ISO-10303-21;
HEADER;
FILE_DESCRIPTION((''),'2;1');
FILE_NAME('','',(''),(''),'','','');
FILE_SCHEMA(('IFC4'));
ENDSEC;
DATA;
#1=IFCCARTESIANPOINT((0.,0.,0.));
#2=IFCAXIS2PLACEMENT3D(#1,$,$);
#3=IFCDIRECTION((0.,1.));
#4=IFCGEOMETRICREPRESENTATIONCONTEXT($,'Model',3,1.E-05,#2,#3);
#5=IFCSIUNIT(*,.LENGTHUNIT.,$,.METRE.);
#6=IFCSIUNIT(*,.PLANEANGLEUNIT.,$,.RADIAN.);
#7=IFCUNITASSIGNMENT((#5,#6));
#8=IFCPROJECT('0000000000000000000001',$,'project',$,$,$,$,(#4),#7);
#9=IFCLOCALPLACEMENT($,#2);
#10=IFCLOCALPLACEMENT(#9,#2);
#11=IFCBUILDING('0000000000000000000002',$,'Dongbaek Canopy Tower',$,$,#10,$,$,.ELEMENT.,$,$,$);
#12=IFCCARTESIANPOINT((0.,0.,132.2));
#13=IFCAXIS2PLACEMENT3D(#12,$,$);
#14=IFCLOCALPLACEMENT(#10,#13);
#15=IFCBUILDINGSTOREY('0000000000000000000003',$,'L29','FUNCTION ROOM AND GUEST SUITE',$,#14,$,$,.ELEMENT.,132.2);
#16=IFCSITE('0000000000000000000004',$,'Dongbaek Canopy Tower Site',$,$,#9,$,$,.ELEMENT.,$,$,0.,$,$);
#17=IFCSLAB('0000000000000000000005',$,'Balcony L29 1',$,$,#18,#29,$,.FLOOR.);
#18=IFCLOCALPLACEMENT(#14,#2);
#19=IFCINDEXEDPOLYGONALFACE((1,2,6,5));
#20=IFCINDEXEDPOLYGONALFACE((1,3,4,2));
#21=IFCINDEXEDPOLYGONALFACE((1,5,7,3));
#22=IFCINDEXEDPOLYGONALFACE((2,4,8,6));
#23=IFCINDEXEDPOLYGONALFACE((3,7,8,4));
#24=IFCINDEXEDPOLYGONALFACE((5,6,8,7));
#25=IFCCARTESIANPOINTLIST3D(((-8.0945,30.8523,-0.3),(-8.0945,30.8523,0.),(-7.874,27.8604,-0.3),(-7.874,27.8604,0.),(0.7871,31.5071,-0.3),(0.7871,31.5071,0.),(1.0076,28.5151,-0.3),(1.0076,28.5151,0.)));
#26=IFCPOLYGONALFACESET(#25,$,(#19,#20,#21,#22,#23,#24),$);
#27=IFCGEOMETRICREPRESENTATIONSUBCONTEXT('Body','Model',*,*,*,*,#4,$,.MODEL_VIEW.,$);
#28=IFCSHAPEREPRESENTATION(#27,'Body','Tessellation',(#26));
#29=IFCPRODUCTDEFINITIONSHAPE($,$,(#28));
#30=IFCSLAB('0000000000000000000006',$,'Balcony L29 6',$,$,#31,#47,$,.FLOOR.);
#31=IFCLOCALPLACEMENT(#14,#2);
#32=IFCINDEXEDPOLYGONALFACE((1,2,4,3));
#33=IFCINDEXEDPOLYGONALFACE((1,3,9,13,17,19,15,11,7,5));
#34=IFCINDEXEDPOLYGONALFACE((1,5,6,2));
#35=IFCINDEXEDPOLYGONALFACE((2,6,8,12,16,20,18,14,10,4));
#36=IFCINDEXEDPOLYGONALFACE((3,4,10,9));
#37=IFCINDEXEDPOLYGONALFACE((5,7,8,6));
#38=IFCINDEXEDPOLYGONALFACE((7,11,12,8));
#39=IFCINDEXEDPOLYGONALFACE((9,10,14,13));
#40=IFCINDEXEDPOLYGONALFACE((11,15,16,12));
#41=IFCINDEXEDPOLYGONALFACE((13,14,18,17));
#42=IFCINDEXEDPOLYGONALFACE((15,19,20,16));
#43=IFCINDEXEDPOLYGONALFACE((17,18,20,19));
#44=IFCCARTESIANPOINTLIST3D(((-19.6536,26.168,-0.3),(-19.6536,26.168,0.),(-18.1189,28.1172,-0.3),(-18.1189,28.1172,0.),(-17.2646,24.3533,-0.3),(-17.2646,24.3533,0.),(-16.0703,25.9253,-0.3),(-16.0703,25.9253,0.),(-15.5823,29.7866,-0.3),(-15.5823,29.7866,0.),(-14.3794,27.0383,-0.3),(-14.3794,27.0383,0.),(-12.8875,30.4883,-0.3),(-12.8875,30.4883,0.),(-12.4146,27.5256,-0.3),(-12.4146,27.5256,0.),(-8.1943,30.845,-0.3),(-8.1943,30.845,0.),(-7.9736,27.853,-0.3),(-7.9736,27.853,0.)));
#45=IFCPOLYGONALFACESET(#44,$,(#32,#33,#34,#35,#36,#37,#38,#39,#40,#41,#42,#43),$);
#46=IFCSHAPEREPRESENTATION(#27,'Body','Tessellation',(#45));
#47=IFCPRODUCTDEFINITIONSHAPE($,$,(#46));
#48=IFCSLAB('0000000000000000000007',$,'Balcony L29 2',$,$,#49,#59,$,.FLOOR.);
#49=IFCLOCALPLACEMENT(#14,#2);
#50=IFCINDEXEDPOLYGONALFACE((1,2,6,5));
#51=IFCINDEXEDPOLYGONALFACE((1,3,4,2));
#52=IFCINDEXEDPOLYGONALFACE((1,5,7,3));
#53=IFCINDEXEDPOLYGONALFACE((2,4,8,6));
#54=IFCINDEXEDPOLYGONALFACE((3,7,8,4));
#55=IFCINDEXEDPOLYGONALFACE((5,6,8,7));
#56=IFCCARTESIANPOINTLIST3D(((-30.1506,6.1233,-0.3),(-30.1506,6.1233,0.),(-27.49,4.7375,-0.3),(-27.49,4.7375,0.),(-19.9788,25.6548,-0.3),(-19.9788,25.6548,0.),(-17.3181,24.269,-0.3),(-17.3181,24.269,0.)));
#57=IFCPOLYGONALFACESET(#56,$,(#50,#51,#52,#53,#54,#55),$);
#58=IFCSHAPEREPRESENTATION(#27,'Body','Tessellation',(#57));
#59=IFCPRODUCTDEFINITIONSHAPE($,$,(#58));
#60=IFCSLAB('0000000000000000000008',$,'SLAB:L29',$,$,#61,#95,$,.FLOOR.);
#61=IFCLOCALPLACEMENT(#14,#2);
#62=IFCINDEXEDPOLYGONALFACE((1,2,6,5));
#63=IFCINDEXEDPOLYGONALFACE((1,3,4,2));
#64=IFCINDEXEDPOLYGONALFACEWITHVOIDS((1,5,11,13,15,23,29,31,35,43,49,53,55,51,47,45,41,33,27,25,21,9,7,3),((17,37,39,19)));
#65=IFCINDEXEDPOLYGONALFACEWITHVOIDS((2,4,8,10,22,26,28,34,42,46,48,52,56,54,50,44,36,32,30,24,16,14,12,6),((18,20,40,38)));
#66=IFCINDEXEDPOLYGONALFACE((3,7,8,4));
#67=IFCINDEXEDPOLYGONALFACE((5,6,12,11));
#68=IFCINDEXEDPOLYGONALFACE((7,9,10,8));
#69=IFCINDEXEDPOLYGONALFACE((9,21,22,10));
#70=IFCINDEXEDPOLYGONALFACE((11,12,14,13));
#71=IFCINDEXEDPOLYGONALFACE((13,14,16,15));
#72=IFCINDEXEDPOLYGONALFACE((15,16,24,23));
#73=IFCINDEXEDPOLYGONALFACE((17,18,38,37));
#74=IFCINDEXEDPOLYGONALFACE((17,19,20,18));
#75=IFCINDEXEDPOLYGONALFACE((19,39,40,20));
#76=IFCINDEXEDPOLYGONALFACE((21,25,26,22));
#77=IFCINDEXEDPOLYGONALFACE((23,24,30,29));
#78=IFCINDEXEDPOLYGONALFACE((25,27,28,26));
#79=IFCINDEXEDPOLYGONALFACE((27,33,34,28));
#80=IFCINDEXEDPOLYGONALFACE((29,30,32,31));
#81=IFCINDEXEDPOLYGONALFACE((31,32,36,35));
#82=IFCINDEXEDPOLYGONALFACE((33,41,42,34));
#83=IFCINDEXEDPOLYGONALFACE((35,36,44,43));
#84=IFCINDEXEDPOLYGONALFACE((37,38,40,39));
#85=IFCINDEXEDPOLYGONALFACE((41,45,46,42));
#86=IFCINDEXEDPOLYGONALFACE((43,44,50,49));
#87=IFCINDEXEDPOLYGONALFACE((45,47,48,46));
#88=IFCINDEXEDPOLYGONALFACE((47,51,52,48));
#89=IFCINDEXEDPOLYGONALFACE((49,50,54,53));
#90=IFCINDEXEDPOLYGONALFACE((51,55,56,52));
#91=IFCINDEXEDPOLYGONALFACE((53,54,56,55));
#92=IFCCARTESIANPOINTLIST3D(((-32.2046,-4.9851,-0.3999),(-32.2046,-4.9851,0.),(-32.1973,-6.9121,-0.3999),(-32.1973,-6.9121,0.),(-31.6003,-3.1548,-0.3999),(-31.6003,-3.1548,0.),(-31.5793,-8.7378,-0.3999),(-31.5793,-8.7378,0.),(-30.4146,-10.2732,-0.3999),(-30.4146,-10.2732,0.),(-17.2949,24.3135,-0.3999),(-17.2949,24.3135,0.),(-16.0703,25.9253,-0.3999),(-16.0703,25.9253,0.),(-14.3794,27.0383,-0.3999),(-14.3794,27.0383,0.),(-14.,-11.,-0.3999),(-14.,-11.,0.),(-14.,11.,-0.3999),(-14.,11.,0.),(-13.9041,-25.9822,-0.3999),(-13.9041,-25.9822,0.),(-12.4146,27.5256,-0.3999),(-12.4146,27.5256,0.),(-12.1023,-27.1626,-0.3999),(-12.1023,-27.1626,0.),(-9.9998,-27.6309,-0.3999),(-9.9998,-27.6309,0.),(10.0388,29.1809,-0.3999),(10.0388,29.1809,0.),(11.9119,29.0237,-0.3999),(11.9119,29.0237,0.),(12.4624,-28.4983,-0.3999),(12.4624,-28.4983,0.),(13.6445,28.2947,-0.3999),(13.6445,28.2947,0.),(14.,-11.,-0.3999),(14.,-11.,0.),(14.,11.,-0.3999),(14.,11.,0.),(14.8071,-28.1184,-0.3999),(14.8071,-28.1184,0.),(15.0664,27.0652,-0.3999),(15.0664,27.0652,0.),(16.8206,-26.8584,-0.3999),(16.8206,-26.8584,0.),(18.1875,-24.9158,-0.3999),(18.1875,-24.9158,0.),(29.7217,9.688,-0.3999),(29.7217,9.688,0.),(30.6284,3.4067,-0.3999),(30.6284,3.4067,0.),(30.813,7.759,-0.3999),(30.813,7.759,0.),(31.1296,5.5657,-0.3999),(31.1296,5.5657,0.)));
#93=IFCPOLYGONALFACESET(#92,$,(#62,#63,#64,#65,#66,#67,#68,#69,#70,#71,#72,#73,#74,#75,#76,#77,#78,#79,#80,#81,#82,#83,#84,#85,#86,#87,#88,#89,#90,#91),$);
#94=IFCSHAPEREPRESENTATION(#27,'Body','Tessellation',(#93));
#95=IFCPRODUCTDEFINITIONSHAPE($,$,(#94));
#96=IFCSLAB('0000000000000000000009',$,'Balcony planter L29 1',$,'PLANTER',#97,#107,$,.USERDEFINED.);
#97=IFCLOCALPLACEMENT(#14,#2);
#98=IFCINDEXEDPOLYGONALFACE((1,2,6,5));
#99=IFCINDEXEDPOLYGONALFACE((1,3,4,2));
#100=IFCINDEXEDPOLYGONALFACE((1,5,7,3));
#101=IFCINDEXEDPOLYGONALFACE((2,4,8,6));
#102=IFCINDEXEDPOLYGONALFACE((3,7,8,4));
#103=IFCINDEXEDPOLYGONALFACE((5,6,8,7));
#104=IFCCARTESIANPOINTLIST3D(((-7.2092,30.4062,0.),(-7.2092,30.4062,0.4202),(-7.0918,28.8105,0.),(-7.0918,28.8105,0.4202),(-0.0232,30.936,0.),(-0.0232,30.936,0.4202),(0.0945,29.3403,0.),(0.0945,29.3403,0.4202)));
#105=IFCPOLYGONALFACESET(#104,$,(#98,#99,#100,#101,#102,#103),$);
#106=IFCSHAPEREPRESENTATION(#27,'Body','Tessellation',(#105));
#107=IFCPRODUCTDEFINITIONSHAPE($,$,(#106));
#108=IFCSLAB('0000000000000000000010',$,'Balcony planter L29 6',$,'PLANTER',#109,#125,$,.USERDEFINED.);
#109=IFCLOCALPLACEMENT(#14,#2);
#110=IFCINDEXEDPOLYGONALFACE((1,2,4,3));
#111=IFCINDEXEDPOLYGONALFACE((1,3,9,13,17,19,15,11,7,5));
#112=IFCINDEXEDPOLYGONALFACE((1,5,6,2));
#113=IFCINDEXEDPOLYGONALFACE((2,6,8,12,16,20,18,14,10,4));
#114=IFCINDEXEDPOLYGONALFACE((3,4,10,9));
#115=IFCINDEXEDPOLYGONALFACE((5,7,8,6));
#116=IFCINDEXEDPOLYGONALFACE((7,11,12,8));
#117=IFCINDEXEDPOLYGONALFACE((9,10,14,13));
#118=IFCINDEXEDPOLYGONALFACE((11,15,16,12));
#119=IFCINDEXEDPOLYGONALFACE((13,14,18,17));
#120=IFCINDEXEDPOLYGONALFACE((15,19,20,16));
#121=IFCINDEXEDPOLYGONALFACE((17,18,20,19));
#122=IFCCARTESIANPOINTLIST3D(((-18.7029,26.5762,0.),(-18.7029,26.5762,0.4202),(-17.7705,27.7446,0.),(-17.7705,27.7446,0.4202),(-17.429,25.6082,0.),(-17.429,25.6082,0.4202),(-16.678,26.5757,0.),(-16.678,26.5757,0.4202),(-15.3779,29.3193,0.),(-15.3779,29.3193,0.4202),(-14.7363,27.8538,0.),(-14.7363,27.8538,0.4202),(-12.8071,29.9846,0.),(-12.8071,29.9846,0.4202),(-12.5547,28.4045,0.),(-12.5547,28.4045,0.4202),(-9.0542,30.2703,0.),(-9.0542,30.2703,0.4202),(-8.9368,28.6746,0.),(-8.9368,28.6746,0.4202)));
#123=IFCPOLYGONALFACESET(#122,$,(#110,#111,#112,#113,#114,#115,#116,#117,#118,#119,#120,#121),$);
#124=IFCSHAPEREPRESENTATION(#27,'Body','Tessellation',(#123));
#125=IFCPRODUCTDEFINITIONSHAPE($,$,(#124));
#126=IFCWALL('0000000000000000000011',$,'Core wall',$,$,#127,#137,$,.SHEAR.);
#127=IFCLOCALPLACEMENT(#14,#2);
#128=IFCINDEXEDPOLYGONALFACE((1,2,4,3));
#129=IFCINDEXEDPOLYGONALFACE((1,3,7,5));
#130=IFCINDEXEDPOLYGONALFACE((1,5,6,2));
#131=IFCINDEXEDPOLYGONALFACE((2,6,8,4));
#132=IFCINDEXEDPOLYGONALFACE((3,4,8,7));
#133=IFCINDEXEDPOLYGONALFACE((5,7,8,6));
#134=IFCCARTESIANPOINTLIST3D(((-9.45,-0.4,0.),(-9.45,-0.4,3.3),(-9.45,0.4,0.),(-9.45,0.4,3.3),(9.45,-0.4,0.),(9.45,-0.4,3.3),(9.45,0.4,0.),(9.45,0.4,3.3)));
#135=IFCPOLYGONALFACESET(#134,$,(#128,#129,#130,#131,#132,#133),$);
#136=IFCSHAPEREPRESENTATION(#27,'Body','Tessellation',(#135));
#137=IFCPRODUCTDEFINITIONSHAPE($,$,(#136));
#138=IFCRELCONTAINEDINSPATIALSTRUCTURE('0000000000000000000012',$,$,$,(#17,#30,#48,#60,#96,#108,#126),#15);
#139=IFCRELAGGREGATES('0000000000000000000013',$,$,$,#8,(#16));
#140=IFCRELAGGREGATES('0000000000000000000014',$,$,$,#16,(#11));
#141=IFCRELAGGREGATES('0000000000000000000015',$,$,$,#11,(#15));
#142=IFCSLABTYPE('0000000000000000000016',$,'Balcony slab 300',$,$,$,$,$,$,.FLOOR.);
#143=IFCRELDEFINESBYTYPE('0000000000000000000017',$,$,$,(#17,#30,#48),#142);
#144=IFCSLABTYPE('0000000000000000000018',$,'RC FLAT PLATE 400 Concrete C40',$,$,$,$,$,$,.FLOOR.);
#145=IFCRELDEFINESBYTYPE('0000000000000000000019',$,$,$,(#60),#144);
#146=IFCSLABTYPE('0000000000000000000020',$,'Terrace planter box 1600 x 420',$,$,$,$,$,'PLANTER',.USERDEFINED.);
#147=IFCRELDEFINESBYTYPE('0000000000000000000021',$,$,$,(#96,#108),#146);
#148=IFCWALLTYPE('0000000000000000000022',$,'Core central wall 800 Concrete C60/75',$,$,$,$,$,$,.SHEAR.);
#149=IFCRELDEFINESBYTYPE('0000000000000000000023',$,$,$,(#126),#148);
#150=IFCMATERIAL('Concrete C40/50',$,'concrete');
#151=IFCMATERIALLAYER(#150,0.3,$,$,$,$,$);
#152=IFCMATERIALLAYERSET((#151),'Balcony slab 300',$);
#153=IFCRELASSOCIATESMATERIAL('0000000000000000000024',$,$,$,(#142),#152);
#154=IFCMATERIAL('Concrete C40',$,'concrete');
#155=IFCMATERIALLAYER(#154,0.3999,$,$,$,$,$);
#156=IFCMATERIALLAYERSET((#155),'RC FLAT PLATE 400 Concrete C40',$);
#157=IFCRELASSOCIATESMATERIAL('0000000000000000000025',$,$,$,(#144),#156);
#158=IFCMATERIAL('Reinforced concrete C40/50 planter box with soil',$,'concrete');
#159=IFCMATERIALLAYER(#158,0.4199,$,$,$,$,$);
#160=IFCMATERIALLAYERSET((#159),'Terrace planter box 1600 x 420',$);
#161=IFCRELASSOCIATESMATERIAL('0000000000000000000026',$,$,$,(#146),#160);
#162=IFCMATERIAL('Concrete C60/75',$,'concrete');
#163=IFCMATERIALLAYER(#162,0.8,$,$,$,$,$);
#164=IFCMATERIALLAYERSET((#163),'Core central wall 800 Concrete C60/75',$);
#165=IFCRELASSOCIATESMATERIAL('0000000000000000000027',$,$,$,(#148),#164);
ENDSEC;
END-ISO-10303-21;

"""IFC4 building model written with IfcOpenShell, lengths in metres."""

from ifc_helpers import new_model, si_unit, direction, frame, frame_2d, origin, place, context, subcontext, project, spatial, polyline, rectangle, outline, extrude, material, layer, layer_set, type_object, element, save


model = new_model("IFC4")

# Units and contexts
model_context = context("Model", 3, precision=1e-05, world=origin(), true_north=direction((0.0, 1.0)))
body_context = subcontext(model_context, "Body", "Model", "MODEL_VIEW")
ifc_project = project(units=[si_unit("LENGTHUNIT", "METRE"), si_unit("PLANEANGLEUNIT", "RADIAN")], contexts=[model_context])

# Site, building, storey
site_placement = place(None, origin())
site = spatial("IfcSite", under=ifc_project, at=site_placement, Name="Dongbaek Canopy Tower Site", CompositionType="ELEMENT", RefElevation=0.0)
building_placement = place(site_placement, origin())
building = spatial("IfcBuilding", under=site, at=building_placement, Name="Dongbaek Canopy Tower", CompositionType="ELEMENT")
storey_placement = place(building_placement, frame((0.0, 0.0, 132.2)))
storey = spatial("IfcBuildingStorey", under=building, at=storey_placement, Name="L29", Description="FUNCTION ROOM AND GUEST SUITE", CompositionType="ELEMENT", Elevation=132.2)

# Slabs
ifc_material_1 = material(Name="Concrete C40/50", Category="concrete")
ifc_layer_1 = layer(ifc_material_1, 0.3)
ifc_layer_set_1 = layer_set([ifc_layer_1], Name="Balcony slab 300")
slab_type_1 = type_object("IfcSlabType", Name="Balcony slab 300", PredefinedType="FLOOR", material=ifc_layer_set_1)
slab_1_placement = place(storey_placement, frame((0.0, 0.0, -0.3)))
element("IfcSlab", 1, at=slab_1_placement, inside=storey, type_object=slab_type_1, Name="Balcony L29 1", PredefinedType="FLOOR", context=body_context, shape_type="SweptSolid", body=[
    extrude(outline(polyline([(1.0076, 28.5151), (-7.874, 27.8604), (-8.0945, 30.8523), (0.7871, 31.5071), (1.0076, 28.5151)])), origin(), (0.0, 0.0, 1.0), 0.3),
])
slab_2_placement = place(storey_placement, frame((0.0, 0.0, -0.3)))
element("IfcSlab", 2, at=slab_2_placement, inside=storey, type_object=slab_type_1, Name="Balcony L29 6", PredefinedType="FLOOR", context=body_context, shape_type="SweptSolid", body=[
    extrude(outline(polyline([(-7.9736, 27.853), (-12.4146, 27.5256), (-14.3794, 27.0383), (-16.0703, 25.9253), (-17.2646, 24.3533), (-19.6536, 26.168), (-18.1189, 28.1172), (-15.5823, 29.7866), (-12.8875, 30.4883), (-8.1943, 30.845), (-7.9736, 27.853)])), origin(), (0.0, 0.0, 1.0), 0.3),
])
slab_3_placement = place(storey_placement, frame((0.0, 0.0, -0.3)))
element("IfcSlab", 3, at=slab_3_placement, inside=storey, type_object=slab_type_1, Name="Balcony L29 2", PredefinedType="FLOOR", context=body_context, shape_type="SweptSolid", body=[
    extrude(outline(polyline([(-17.3181, 24.269), (-27.49, 4.7375), (-30.1506, 6.1233), (-19.9788, 25.6548), (-17.3181, 24.269)])), origin(), (0.0, 0.0, 1.0), 0.3),
])
ifc_material_2 = material(Name="Concrete C40", Category="concrete")
ifc_layer_2 = layer(ifc_material_2, 0.3999)
ifc_layer_set_2 = layer_set([ifc_layer_2], Name="RC FLAT PLATE 400 Concrete C40")
slab_type_2 = type_object("IfcSlabType", Name="RC FLAT PLATE 400 Concrete C40", PredefinedType="FLOOR", material=ifc_layer_set_2)
slab_4_placement = place(storey_placement, frame((0.0, 0.0, -0.3999)))
element("IfcSlab", 4, at=slab_4_placement, inside=storey, type_object=slab_type_2, Name="SLAB:L29", PredefinedType="FLOOR", context=body_context, shape_type="SweptSolid", body=[
    extrude(outline(polyline([(18.1875, -24.9158), (16.8206, -26.8584), (14.8071, -28.1184), (12.4624, -28.4983), (-9.9998, -27.6309), (-12.1023, -27.1626), (-13.9041, -25.9822), (-30.4146, -10.2732), (-31.5793, -8.7378), (-32.1973, -6.9121), (-32.2046, -4.9851), (-31.6003, -3.1548), (-17.2949, 24.3135), (-16.0703, 25.9253), (-14.3794, 27.0383), (-12.4146, 27.5256), (10.0388, 29.1809), (11.9119, 29.0237), (13.6445, 28.2947), (15.0664, 27.0652), (29.7217, 9.688), (30.813, 7.759), (31.1296, 5.5657), (30.6284, 3.4067), (18.1875, -24.9158)]), holes=[polyline([(14.0, 11.0), (-14.0, 11.0), (-14.0, -11.0), (14.0, -11.0), (14.0, 11.0)])]), origin(), (0.0, 0.0, 1.0), 0.3999),
])
ifc_material_3 = material(Name="Reinforced concrete C40/50 planter box with soil", Category="concrete")
ifc_layer_3 = layer(ifc_material_3, 0.4199)
ifc_layer_set_3 = layer_set([ifc_layer_3], Name="Terrace planter box 1600 x 420")
slab_type_3 = type_object("IfcSlabType", Name="Terrace planter box 1600 x 420", ElementType="PLANTER", PredefinedType="USERDEFINED", material=ifc_layer_set_3)
slab_5_placement = place(storey_placement, origin())
element("IfcSlab", 5, at=slab_5_placement, inside=storey, type_object=slab_type_3, Name="Balcony planter L29 1", ObjectType="PLANTER", PredefinedType="USERDEFINED", context=body_context, shape_type="SweptSolid", body=[
    extrude(outline(polyline([(0.0945, 29.3403), (-7.0918, 28.8105), (-7.2092, 30.4062), (-0.0232, 30.936), (0.0945, 29.3403)])), origin(), (0.0, 0.0, 1.0), 0.4202),
])
slab_6_placement = place(storey_placement, origin())
element("IfcSlab", 6, at=slab_6_placement, inside=storey, type_object=slab_type_3, Name="Balcony planter L29 6", ObjectType="PLANTER", PredefinedType="USERDEFINED", context=body_context, shape_type="SweptSolid", body=[
    extrude(outline(polyline([(-8.9368, 28.6746), (-12.5547, 28.4045), (-14.7363, 27.8538), (-16.678, 26.5757), (-17.429, 25.6082), (-18.7029, 26.5762), (-17.7705, 27.7446), (-15.3779, 29.3193), (-12.8071, 29.9846), (-9.0542, 30.2703), (-8.9368, 28.6746)])), origin(), (0.0, 0.0, 1.0), 0.4202),
])

# Wall
ifc_material_4 = material(Name="Concrete C60/75", Category="concrete")
ifc_layer_4 = layer(ifc_material_4, 0.8)
ifc_layer_set_4 = layer_set([ifc_layer_4], Name="Core central wall 800 Concrete C60/75")
wall_type_1 = type_object("IfcWallType", Name="Core central wall 800 Concrete C60/75", PredefinedType="SHEAR", material=ifc_layer_set_4)
wall_1_placement = place(storey_placement, frame((-9.45, 0.0, 0.0), z_axis=(0.0, 0.0, 1.0), x_axis=(1.0, 0.0, 0.0)))
element("IfcWall", 7, at=wall_1_placement, inside=storey, type_object=wall_type_1, Name="Core wall", PredefinedType="SHEAR", context=body_context, shape_type="SweptSolid", body=[
    extrude(rectangle(XDim=18.8999, YDim=0.8, at=frame_2d((9.45, 0.0))), origin(), (0.0, 0.0, 1.0), 3.3),
])

save(model, "model.ifc")
